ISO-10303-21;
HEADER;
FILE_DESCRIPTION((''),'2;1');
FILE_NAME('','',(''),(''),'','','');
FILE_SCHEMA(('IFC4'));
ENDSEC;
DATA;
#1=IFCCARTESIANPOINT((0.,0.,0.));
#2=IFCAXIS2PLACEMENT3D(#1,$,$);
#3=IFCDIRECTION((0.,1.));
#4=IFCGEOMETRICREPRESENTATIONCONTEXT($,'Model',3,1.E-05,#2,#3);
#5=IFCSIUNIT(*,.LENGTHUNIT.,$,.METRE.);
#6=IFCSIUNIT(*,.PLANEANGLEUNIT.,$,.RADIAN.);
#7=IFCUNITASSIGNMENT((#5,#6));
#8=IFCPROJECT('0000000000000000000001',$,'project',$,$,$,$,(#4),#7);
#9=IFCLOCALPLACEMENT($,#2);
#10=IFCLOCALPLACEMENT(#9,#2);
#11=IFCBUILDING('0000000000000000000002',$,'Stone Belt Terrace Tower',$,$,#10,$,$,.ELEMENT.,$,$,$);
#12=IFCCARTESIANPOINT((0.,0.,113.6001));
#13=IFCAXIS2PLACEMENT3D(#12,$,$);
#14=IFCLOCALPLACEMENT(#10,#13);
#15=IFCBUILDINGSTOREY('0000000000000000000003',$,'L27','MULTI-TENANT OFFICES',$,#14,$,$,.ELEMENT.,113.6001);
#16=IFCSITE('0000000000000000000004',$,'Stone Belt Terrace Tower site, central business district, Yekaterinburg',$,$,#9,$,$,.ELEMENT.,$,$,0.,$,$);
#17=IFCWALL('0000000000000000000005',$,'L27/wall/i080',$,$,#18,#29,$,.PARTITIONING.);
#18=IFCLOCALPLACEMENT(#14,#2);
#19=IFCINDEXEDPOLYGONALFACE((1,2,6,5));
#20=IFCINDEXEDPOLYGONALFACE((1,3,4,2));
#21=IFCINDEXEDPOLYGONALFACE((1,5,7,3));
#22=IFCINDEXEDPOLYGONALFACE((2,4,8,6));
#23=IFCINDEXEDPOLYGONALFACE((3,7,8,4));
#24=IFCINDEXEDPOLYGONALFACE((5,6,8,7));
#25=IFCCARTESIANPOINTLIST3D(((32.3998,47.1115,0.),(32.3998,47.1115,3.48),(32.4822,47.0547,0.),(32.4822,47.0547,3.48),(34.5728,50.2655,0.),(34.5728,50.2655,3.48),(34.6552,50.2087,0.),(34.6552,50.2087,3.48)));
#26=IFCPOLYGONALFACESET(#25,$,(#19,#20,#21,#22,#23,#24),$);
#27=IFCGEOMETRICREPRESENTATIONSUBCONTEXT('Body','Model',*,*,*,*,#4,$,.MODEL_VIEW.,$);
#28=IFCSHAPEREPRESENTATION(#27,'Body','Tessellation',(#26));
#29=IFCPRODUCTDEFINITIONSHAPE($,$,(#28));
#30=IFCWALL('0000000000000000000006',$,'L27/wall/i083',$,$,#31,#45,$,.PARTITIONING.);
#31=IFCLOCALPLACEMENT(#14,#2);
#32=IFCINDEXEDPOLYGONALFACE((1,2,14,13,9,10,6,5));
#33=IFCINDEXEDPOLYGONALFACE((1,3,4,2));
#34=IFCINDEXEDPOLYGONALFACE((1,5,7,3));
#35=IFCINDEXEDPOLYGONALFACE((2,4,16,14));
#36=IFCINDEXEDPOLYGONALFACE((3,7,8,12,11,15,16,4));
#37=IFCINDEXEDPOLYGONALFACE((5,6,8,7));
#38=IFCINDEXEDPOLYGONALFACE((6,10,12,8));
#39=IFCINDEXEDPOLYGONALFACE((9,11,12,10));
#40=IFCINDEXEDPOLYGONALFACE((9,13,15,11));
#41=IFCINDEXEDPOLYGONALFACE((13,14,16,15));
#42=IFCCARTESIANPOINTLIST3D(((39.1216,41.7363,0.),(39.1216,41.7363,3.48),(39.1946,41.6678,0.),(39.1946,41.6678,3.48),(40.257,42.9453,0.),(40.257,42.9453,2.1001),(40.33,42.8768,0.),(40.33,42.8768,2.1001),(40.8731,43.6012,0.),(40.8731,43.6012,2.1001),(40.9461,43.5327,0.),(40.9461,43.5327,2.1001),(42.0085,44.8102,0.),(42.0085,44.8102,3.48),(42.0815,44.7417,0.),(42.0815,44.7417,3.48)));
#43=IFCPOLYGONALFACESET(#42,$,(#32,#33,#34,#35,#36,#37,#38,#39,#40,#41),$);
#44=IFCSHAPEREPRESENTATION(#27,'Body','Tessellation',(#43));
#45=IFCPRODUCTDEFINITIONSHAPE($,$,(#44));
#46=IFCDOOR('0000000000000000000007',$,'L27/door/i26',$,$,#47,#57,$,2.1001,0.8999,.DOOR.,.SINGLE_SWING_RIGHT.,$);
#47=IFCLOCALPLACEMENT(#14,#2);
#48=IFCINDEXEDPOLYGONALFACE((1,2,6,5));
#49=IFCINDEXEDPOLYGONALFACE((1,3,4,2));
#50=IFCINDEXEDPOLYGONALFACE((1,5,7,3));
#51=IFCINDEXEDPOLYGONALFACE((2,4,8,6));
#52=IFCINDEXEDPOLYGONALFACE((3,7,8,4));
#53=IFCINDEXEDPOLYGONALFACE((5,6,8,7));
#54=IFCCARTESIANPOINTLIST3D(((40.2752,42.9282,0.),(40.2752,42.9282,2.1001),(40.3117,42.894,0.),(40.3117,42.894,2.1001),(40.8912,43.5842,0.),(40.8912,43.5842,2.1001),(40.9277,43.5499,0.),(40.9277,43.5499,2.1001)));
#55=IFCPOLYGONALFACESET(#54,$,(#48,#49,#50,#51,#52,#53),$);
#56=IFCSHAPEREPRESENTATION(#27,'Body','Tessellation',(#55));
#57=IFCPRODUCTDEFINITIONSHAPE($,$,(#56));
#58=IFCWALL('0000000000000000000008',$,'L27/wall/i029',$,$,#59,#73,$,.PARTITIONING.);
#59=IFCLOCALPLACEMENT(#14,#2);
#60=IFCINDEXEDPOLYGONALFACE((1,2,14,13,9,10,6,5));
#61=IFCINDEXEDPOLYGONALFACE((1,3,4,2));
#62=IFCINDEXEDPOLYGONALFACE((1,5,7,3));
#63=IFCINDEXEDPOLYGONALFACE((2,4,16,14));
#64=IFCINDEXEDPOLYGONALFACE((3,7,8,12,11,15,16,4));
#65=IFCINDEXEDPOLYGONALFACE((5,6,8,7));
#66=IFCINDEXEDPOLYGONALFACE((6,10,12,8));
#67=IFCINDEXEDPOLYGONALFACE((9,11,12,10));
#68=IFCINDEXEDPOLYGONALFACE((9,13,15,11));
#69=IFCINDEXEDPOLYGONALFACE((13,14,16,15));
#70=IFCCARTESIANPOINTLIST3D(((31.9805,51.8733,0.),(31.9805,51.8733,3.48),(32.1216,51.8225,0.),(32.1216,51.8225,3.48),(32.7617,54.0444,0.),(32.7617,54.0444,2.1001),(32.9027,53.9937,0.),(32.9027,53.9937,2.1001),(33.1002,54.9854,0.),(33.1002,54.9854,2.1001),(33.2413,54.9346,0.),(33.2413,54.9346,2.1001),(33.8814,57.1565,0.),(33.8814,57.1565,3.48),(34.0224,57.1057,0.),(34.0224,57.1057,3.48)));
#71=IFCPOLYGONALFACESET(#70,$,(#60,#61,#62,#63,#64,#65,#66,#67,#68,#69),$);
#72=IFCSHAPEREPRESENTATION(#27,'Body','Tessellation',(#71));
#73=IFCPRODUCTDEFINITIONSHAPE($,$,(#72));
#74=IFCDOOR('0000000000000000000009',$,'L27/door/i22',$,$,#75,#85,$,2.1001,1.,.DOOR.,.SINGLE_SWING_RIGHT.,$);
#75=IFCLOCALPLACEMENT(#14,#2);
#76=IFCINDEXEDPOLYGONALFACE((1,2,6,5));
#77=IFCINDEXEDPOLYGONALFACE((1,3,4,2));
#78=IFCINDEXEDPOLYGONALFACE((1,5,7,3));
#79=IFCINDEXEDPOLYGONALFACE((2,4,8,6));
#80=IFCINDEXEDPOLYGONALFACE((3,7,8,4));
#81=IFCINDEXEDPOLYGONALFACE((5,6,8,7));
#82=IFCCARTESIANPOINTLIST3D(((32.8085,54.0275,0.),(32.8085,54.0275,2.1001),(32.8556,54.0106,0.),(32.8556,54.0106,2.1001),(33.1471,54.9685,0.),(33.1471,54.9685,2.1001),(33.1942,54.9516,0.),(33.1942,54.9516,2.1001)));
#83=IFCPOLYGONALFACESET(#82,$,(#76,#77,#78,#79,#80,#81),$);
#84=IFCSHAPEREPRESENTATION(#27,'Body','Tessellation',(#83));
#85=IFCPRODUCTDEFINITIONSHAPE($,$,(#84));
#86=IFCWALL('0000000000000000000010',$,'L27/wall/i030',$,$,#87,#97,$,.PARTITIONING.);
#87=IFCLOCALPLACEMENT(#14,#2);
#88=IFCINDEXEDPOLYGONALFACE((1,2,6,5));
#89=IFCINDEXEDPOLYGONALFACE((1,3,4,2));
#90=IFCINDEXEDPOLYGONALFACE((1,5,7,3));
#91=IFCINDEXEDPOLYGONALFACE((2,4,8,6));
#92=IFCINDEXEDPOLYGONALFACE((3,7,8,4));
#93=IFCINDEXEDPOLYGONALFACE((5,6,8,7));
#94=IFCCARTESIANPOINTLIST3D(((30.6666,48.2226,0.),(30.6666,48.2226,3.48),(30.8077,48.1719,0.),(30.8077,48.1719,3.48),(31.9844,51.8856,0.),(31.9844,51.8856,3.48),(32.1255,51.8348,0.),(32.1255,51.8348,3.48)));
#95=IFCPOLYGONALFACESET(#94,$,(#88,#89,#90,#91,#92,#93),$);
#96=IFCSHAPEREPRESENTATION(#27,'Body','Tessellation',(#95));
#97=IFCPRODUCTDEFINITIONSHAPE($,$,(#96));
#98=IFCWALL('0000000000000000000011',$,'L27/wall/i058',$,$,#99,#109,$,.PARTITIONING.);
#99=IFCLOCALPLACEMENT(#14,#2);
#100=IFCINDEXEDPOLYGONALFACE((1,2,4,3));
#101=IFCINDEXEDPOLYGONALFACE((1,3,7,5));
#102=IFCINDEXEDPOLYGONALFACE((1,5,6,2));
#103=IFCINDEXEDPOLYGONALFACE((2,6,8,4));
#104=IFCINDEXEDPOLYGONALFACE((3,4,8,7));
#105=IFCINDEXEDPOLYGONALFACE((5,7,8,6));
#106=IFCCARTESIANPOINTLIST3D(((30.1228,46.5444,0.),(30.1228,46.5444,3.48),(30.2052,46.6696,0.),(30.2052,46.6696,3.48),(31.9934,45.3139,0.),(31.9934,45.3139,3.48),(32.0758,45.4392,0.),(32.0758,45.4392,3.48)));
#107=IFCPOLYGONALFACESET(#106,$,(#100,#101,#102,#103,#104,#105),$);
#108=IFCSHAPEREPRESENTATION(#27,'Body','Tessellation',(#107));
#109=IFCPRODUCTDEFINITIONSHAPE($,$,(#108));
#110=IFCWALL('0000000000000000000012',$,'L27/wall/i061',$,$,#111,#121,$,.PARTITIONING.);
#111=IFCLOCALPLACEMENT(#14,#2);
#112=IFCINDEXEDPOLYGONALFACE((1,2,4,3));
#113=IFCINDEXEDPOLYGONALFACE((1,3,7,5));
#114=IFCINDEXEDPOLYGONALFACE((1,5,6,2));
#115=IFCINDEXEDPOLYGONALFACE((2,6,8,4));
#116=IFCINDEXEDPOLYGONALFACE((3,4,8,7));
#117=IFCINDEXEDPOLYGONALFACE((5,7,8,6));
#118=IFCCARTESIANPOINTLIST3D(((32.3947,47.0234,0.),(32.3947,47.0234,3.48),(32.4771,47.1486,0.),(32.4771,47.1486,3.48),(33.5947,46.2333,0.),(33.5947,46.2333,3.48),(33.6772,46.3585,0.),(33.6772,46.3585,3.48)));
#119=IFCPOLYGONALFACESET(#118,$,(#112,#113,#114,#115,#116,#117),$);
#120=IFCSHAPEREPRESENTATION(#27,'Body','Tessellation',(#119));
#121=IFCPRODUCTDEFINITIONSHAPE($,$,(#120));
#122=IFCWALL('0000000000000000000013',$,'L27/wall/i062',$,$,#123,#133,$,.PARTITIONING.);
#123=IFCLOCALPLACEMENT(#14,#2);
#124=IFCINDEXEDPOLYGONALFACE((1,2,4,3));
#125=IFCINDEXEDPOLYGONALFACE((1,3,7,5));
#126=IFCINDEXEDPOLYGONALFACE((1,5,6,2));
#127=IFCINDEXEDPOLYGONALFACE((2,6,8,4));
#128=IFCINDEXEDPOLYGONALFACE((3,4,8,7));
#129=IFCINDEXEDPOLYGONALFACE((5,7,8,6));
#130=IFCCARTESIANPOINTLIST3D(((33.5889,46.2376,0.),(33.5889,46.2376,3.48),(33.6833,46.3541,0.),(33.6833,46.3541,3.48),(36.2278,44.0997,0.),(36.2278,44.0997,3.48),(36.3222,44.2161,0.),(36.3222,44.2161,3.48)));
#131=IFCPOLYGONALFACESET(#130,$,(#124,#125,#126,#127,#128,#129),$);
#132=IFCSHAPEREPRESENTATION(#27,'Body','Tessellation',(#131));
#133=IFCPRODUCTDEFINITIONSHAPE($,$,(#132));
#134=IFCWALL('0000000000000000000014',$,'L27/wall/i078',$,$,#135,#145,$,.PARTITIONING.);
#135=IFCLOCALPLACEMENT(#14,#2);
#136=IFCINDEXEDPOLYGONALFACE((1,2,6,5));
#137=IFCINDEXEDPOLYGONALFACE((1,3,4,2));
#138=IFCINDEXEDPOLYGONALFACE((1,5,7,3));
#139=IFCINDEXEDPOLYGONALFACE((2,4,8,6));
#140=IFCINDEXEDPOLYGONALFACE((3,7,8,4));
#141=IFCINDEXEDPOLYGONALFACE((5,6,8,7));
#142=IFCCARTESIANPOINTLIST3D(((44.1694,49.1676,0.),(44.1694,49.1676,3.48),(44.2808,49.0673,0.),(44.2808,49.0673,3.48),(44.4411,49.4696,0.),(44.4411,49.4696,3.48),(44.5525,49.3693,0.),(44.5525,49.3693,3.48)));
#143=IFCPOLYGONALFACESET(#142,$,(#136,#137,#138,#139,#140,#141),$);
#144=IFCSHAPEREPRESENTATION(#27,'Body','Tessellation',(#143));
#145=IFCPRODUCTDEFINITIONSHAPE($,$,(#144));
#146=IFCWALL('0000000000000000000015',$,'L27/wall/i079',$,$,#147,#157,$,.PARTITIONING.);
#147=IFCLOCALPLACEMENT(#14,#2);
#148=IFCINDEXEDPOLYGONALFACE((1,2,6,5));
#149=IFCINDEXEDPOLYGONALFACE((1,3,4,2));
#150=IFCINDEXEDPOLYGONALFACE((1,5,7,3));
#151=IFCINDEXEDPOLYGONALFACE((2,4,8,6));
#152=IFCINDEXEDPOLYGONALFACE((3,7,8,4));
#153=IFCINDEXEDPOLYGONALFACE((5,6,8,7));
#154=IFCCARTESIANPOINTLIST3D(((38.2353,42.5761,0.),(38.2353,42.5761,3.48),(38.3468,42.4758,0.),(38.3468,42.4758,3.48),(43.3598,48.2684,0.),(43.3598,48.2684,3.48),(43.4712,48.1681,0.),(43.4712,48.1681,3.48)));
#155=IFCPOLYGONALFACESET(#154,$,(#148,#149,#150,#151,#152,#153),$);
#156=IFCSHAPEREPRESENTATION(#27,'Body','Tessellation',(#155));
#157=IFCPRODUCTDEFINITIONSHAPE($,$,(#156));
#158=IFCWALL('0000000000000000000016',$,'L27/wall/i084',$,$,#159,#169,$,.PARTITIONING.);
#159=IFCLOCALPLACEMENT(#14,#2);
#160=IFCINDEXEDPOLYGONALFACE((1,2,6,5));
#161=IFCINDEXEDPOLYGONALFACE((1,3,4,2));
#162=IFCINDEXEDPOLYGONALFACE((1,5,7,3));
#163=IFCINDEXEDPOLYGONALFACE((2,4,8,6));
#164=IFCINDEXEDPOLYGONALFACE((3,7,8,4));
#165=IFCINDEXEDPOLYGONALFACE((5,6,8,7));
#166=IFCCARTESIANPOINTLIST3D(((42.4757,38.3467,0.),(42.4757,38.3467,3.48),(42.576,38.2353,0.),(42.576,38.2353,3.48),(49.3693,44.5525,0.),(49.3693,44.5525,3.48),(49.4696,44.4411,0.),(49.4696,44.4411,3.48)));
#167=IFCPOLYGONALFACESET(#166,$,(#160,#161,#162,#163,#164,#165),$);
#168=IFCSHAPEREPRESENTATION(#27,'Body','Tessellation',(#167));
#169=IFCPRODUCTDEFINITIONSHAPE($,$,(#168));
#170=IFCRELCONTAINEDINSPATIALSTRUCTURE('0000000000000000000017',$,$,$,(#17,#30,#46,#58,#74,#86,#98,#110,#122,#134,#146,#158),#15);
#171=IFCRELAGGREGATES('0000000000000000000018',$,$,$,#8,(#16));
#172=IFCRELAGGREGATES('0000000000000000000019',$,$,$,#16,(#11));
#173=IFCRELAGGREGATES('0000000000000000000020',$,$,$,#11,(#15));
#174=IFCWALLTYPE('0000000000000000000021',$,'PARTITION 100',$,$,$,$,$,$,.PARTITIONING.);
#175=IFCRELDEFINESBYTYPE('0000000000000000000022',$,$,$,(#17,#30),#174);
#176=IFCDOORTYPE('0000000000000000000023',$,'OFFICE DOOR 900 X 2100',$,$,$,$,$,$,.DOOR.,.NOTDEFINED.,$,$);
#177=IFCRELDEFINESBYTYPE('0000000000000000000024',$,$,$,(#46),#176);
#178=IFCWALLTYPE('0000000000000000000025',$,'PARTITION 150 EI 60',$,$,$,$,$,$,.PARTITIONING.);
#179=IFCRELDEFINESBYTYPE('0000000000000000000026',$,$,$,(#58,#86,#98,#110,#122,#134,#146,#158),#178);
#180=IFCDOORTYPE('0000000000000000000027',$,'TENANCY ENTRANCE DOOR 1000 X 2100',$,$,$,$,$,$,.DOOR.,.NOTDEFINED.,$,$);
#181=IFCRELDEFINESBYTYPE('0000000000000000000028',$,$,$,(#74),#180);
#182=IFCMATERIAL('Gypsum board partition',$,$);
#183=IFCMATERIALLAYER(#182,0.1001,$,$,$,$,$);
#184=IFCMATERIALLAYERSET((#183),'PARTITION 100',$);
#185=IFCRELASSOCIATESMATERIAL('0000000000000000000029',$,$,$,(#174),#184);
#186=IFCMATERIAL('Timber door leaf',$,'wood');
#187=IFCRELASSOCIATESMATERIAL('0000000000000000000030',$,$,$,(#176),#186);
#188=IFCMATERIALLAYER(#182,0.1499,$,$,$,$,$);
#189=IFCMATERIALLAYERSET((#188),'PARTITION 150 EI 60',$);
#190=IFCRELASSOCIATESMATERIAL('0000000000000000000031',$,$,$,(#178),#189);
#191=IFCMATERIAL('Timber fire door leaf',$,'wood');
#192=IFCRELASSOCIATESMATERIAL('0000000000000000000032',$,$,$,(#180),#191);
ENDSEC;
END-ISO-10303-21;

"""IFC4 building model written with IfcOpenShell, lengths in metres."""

from ifc_helpers import new_model, si_unit, direction, frame, frame_2d, origin, place, context, subcontext, project, spatial, rectangle, extrude, material, layer, layer_set, type_object, element, fill, save


model = new_model("IFC4")

# Units and contexts
model_context = context("Model", 3, precision=1e-05, world=origin(), true_north=direction((0.0, 1.0)))
body_context = subcontext(model_context, "Body", "Model", "MODEL_VIEW")
ifc_project = project(units=[si_unit("LENGTHUNIT", "METRE"), si_unit("PLANEANGLEUNIT", "RADIAN")], contexts=[model_context])

# Site, building, storey
site_placement = place(None, origin())
site = spatial("IfcSite", under=ifc_project, at=site_placement, Name="Stone Belt Terrace Tower site, central business district, Yekaterinburg", CompositionType="ELEMENT", RefElevation=0.0)
building_placement = place(site_placement, origin())
building = spatial("IfcBuilding", under=site, at=building_placement, Name="Stone Belt Terrace Tower", CompositionType="ELEMENT")
storey_placement = place(building_placement, frame((0.0, 0.0, 113.6001)))
storey = spatial("IfcBuildingStorey", under=building, at=storey_placement, Name="L27", Description="MULTI-TENANT OFFICES", CompositionType="ELEMENT", Elevation=113.6001)

# Shared definitions
ifc_material_1 = material(Name="Gypsum board partition")
ifc_layer_1 = layer(ifc_material_1, 0.1001)
ifc_layer_set_1 = layer_set([ifc_layer_1], Name="PARTITION 100")
wall_type_1 = type_object("IfcWallType", Name="PARTITION 100", PredefinedType="PARTITIONING", material=ifc_layer_set_1)
ifc_material_2 = material(Name="Timber door leaf", Category="wood")
door_type_1 = type_object("IfcDoorType", Name="OFFICE DOOR 900 X 2100", OperationType="NOTDEFINED", PredefinedType="DOOR", material=ifc_material_2)

# Wall
wall_1_placement = place(storey_placement, frame((34.614, 50.2371, 0.0), z_axis=(0.0, 0.0, 1.0), x_axis=(-0.567359, -0.823471, 0.0)))
element("IfcWall", 1, at=wall_1_placement, inside=storey, type_object=wall_type_1, Name="L27/wall/i080", PredefinedType="PARTITIONING", context=body_context, shape_type="SweptSolid", body=[
    extrude(rectangle(XDim=3.8301, YDim=0.1001, at=frame_2d((1.915, 0.0))), origin(), (0.0, 0.0, 1.0), 3.48),
])

# Walls, openings, doors
wall_2_placement = place(storey_placement, frame((42.0449, 44.7759, 0.0), z_axis=(0.0, 0.0, 1.0), x_axis=(-0.684586, -0.728932, 0.0)))
wall_2 = element("IfcWall", 2, at=wall_2_placement, inside=storey, type_object=wall_type_1, Name="L27/wall/i083", PredefinedType="PARTITIONING", context=body_context, shape_type="SweptSolid", body=[
    extrude(rectangle(XDim=4.217, YDim=0.1001, at=frame_2d((2.1084, 0.0))), origin(), (0.0, 0.0, 1.0), 3.48),
])
opening_1_placement = place(wall_2_placement, frame((1.6584, 0.0, 0.0)))
opening_1 = element("IfcOpeningElement", 3, at=opening_1_placement, cuts=wall_2, PredefinedType="OPENING", context=body_context, shape_type="SweptSolid", body=[
    extrude(rectangle(XDim=0.8999, YDim=2.1001, at=frame_2d((0.45, 1.05))), frame((0.0, 0.0601, 0.0), z_axis=(0.0, -1.0, 0.0), x_axis=(1.0, 0.0, 0.0)), (0.0, 0.0, 1.0), 0.1201),
])
door_1_placement = place(opening_1_placement, origin())
door_1 = element("IfcDoor", 4, at=door_1_placement, inside=storey, type_object=door_type_1, Name="L27/door/i26", OperationType="SINGLE_SWING_RIGHT", OverallHeight=2.1001, OverallWidth=0.8999, PredefinedType="DOOR", context=body_context, shape_type="SweptSolid", body=[
    extrude(rectangle(XDim=0.8999, YDim=2.1001, at=frame_2d((0.45, 1.05))), frame((0.0, 0.0249, 0.0), z_axis=(0.0, -1.0, 0.0), x_axis=(1.0, 0.0, 0.0)), (0.0, 0.0, 1.0), 0.05),
])
fill(opening_1, door_1)
ifc_layer_2 = layer(ifc_material_1, 0.1499)
ifc_layer_set_2 = layer_set([ifc_layer_2], Name="PARTITION 150 EI 60")
wall_type_2 = type_object("IfcWallType", Name="PARTITION 150 EI 60", PredefinedType="PARTITIONING", material=ifc_layer_set_2)
wall_3_placement = place(storey_placement, frame((33.9519, 57.1311, 0.0), z_axis=(0.0, 0.0, 1.0), x_axis=(-0.33855, -0.940948, 0.0)))
wall_3 = element("IfcWall", 5, at=wall_3_placement, inside=storey, type_object=wall_type_2, Name="L27/wall/i029", PredefinedType="PARTITIONING", context=body_context, shape_type="SweptSolid", body=[
    extrude(rectangle(XDim=5.6147, YDim=0.1499, at=frame_2d((2.8074, 0.0))), origin(), (0.0, 0.0, 1.0), 3.48),
])
opening_2_placement = place(wall_3_placement, frame((2.3074, 0.0, 0.0)))
opening_2 = element("IfcOpeningElement", 6, at=opening_2_placement, cuts=wall_3, PredefinedType="OPENING", context=body_context, shape_type="SweptSolid", body=[
    extrude(rectangle(XDim=1.0, YDim=2.1001, at=frame_2d((0.5, 1.05))), frame((0.0, 0.085, 0.0), z_axis=(0.0, -1.0, 0.0), x_axis=(1.0, 0.0, 0.0)), (0.0, 0.0, 1.0), 0.1699),
])
ifc_material_3 = material(Name="Timber fire door leaf", Category="wood")
door_type_2 = type_object("IfcDoorType", Name="TENANCY ENTRANCE DOOR 1000 X 2100", OperationType="NOTDEFINED", PredefinedType="DOOR", material=ifc_material_3)
door_2_placement = place(opening_2_placement, origin())
door_2 = element("IfcDoor", 7, at=door_2_placement, inside=storey, type_object=door_type_2, Name="L27/door/i22", OperationType="SINGLE_SWING_RIGHT", OverallHeight=2.1001, OverallWidth=1.0, PredefinedType="DOOR", context=body_context, shape_type="SweptSolid", body=[
    extrude(rectangle(XDim=1.0, YDim=2.1001, at=frame_2d((0.5, 1.05))), frame((0.0, 0.0249, 0.0), z_axis=(0.0, -1.0, 0.0), x_axis=(1.0, 0.0, 0.0)), (0.0, 0.0, 1.0), 0.05),
])
fill(opening_2, door_2)

# Walls
wall_4_placement = place(storey_placement, frame((32.0549, 51.8601, 0.0), z_axis=(0.0, 0.0, 1.0), x_axis=(-0.338528, -0.940956, 0.0)))
element("IfcWall", 8, at=wall_4_placement, inside=storey, type_object=wall_type_2, Name="L27/wall/i030", PredefinedType="PARTITIONING", context=body_context, shape_type="SweptSolid", body=[
    extrude(rectangle(XDim=3.8928, YDim=0.1499, at=frame_2d((1.9463, 0.0))), origin(), (0.0, 0.0, 1.0), 3.48),
])
wall_5_placement = place(storey_placement, frame((32.0347, 45.3765, 0.0), z_axis=(0.0, 0.0, 1.0), x_axis=(-0.835457, 0.549556, 0.0)))
element("IfcWall", 9, at=wall_5_placement, inside=storey, type_object=wall_type_2, Name="L27/wall/i058", PredefinedType="PARTITIONING", context=body_context, shape_type="SweptSolid", body=[
    extrude(rectangle(XDim=2.239, YDim=0.1499, at=frame_2d((1.1196, 0.0))), origin(), (0.0, 0.0, 1.0), 3.48),
])
wall_6_placement = place(storey_placement, frame((32.436, 47.0859, 0.0), z_axis=(0.0, 0.0, 1.0), x_axis=(0.835226, -0.549907, 0.0)))
element("IfcWall", 10, at=wall_6_placement, inside=storey, type_object=wall_type_2, Name="L27/wall/i061", PredefinedType="PARTITIONING", context=body_context, shape_type="SweptSolid", body=[
    extrude(rectangle(XDim=1.4368, YDim=0.1499, at=frame_2d((0.7183, 0.0))), origin(), (0.0, 0.0, 1.0), 3.48),
])
wall_7_placement = place(storey_placement, frame((33.636, 46.2959, 0.0), z_axis=(0.0, 0.0, 1.0), x_axis=(0.777004, -0.629496, 0.0)))
element("IfcWall", 11, at=wall_7_placement, inside=storey, type_object=wall_type_2, Name="L27/wall/i062", PredefinedType="PARTITIONING", context=body_context, shape_type="SweptSolid", body=[
    extrude(rectangle(XDim=3.3962, YDim=0.1499, at=frame_2d((1.6982, 0.0))), origin(), (0.0, 0.0, 1.0), 3.48),
])
wall_8_placement = place(storey_placement, frame((44.4968, 49.4194, 0.0), z_axis=(0.0, 0.0, 1.0), x_axis=(-0.668865, -0.743384, 0.0)))
element("IfcWall", 12, at=wall_8_placement, inside=storey, type_object=wall_type_2, Name="L27/wall/i078", PredefinedType="PARTITIONING", context=body_context, shape_type="SweptSolid", body=[
    extrude(rectangle(XDim=0.4062, YDim=0.1499, at=frame_2d((0.2031, 0.0))), origin(), (0.0, 0.0, 1.0), 3.48),
])
wall_9_placement = place(storey_placement, frame((43.4155, 48.2183, 0.0), z_axis=(0.0, 0.0, 1.0), x_axis=(-0.669063, -0.743205, 0.0)))
element("IfcWall", 13, at=wall_9_placement, inside=storey, type_object=wall_type_2, Name="L27/wall/i079", PredefinedType="PARTITIONING", context=body_context, shape_type="SweptSolid", body=[
    extrude(rectangle(XDim=7.6592, YDim=0.1499, at=frame_2d((3.8296, 0.0))), origin(), (0.0, 0.0, 1.0), 3.48),
])
wall_10_placement = place(storey_placement, frame((49.4194, 44.4968, 0.0), z_axis=(0.0, 0.0, 1.0), x_axis=(-0.743208, -0.669061, 0.0)))
element("IfcWall", 14, at=wall_10_placement, inside=storey, type_object=wall_type_2, Name="L27/wall/i084", PredefinedType="PARTITIONING", context=body_context, shape_type="SweptSolid", body=[
    extrude(rectangle(XDim=9.2754, YDim=0.1499, at=frame_2d((4.6377, 0.0))), origin(), (0.0, 0.0, 1.0), 3.48),
])

save(model, "model.ifc")
